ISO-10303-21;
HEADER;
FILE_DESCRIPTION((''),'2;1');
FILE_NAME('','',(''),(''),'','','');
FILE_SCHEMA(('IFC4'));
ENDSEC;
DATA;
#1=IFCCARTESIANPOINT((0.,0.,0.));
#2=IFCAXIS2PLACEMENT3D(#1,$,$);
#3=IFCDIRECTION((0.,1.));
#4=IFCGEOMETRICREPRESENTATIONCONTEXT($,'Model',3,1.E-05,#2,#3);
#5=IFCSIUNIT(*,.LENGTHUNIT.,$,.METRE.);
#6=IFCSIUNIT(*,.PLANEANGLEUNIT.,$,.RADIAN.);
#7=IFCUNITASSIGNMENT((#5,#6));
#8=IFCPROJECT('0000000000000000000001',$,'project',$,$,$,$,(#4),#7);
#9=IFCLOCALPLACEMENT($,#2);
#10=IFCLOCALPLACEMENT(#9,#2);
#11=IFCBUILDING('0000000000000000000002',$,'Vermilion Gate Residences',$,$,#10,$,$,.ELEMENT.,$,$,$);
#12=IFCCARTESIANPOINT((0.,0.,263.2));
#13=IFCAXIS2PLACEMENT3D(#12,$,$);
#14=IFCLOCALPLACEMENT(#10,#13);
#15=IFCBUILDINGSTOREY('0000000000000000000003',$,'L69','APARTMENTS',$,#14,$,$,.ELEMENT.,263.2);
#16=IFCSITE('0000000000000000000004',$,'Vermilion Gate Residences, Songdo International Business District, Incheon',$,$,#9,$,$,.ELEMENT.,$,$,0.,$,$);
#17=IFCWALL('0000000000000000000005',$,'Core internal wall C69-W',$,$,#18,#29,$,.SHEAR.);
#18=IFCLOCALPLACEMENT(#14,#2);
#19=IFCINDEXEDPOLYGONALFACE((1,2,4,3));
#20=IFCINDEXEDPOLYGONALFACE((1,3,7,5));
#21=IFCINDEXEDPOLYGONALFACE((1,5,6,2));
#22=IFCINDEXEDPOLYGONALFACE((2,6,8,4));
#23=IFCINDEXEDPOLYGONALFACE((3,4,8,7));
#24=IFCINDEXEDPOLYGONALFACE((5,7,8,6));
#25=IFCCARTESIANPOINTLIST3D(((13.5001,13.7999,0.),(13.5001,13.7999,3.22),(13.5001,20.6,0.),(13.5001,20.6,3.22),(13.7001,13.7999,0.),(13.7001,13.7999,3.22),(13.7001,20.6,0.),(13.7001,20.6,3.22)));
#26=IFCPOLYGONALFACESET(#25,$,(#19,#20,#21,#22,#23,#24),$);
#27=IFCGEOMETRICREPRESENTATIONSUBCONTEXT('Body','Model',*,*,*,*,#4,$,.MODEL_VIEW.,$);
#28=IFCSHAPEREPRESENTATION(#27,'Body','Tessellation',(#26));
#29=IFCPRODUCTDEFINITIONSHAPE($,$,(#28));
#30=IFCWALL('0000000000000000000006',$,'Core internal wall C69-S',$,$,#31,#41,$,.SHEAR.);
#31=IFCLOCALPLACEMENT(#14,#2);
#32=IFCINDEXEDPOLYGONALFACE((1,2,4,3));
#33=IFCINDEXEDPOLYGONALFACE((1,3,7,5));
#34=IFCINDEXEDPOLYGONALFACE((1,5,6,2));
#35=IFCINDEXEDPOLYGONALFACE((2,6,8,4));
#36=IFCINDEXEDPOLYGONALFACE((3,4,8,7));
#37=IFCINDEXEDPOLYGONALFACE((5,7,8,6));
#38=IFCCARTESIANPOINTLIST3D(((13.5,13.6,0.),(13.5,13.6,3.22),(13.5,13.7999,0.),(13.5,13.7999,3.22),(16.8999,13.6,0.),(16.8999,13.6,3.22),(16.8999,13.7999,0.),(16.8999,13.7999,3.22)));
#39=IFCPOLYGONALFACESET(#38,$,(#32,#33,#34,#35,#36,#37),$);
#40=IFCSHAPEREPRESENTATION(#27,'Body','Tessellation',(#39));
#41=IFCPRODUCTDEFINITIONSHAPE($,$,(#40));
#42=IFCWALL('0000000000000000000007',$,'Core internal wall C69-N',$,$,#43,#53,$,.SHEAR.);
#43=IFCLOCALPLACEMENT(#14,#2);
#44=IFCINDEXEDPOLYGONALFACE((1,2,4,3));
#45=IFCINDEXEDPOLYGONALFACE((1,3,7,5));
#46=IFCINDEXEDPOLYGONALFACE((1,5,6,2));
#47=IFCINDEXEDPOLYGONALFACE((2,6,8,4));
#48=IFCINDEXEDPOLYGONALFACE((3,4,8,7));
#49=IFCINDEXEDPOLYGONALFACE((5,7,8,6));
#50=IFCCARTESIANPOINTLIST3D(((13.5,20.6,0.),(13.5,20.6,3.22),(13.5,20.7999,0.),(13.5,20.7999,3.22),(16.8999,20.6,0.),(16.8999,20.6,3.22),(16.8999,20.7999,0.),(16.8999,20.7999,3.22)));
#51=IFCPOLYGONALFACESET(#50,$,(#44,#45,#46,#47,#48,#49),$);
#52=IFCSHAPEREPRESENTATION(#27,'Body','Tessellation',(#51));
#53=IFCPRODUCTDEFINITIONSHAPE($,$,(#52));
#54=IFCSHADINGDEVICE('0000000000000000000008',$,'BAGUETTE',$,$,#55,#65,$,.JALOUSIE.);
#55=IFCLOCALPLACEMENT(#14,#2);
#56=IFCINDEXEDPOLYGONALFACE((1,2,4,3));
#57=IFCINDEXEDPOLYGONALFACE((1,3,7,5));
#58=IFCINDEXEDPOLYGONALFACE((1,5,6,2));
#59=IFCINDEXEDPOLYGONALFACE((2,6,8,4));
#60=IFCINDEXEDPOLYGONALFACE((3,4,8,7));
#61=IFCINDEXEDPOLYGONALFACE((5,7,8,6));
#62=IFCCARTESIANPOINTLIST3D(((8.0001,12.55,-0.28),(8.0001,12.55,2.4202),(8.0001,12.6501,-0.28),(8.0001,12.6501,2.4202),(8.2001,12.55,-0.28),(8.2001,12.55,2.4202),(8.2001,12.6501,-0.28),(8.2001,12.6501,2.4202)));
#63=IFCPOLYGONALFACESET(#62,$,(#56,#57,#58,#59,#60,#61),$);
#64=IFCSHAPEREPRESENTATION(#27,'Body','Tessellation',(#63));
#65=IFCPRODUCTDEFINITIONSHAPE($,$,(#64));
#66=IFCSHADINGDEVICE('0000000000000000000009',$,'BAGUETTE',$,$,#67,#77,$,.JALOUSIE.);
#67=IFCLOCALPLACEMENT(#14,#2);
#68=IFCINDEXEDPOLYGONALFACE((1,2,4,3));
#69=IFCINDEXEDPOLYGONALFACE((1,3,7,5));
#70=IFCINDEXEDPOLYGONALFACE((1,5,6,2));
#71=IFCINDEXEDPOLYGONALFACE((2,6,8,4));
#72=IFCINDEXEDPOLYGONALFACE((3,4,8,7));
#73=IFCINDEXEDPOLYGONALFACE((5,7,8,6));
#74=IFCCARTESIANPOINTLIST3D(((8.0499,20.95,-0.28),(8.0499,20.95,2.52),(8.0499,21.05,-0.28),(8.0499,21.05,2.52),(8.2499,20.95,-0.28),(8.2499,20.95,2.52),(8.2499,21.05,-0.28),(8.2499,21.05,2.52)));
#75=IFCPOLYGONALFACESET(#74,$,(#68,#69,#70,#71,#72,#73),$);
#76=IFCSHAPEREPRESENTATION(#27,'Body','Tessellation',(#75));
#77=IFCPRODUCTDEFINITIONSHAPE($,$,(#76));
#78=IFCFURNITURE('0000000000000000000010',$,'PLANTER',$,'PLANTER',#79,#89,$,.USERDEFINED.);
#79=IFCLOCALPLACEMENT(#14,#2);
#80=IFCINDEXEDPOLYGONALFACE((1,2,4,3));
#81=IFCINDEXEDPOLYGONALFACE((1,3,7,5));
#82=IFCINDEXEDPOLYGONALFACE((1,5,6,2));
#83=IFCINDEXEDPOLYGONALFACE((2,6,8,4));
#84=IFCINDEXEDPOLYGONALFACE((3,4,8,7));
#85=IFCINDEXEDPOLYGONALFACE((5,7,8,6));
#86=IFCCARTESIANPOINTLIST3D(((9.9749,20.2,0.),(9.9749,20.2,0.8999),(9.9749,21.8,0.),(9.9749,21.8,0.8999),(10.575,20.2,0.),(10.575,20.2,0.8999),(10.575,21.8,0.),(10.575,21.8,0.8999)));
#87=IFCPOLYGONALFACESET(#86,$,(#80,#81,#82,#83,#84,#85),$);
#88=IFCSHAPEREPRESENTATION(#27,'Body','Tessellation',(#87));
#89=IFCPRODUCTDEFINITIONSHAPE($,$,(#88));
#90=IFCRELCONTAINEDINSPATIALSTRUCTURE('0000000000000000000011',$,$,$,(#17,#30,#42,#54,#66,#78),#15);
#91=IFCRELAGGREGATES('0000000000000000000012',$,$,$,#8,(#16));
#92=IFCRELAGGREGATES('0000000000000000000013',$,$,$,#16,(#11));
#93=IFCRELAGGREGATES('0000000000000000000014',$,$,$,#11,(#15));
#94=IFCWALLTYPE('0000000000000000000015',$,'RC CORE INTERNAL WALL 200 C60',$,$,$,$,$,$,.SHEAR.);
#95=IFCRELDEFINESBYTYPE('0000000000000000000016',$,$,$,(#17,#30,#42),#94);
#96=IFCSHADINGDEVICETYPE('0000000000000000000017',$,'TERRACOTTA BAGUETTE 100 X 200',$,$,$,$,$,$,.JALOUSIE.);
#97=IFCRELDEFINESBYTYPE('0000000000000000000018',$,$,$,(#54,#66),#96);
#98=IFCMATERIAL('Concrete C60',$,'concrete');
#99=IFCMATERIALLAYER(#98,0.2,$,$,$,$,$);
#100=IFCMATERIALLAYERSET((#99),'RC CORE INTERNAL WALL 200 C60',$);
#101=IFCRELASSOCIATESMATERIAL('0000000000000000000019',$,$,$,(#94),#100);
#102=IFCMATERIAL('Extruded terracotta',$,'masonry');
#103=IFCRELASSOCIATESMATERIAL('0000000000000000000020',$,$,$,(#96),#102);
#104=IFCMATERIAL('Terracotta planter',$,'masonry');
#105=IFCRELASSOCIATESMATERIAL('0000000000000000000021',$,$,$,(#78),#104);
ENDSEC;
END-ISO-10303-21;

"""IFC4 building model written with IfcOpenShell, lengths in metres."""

from ifc_helpers import new_model, si_unit, direction, frame, frame_2d, origin, origin_2d, place, context, subcontext, project, spatial, rectangle, extrude, material, layer, layer_set, material_profile, profile_set, type_object, element, save


model = new_model("IFC4")

# Units and contexts
model_context = context("Model", 3, precision=1e-05, world=origin(), true_north=direction((0.0, 1.0)))
body_context = subcontext(model_context, "Body", "Model", "MODEL_VIEW")
ifc_project = project(units=[si_unit("LENGTHUNIT", "METRE"), si_unit("PLANEANGLEUNIT", "RADIAN")], contexts=[model_context])

# Site, building, storey
site_placement = place(None, origin())
site = spatial("IfcSite", under=ifc_project, at=site_placement, Name="Vermilion Gate Residences, Songdo International Business District, Incheon", CompositionType="ELEMENT", RefElevation=0.0)
building_placement = place(site_placement, origin())
building = spatial("IfcBuilding", under=site, at=building_placement, Name="Vermilion Gate Residences", CompositionType="ELEMENT")
storey_placement = place(building_placement, frame((0.0, 0.0, 263.2)))
storey = spatial("IfcBuildingStorey", under=building, at=storey_placement, Name="L69", Description="APARTMENTS", CompositionType="ELEMENT", Elevation=263.2)

# Walls
ifc_material_1 = material(Name="Concrete C60", Category="concrete")
ifc_layer_1 = layer(ifc_material_1, 0.2)
ifc_layer_set_1 = layer_set([ifc_layer_1], Name="RC CORE INTERNAL WALL 200 C60")
wall_type_1 = type_object("IfcWallType", Name="RC CORE INTERNAL WALL 200 C60", PredefinedType="SHEAR", material=ifc_layer_set_1)
wall_1_placement = place(storey_placement, frame((13.6001, 13.8, 0.0), z_axis=(0.0, 0.0, 1.0), x_axis=(0.0, 1.0, 0.0)))
element("IfcWall", 1, at=wall_1_placement, inside=storey, type_object=wall_type_1, Name="Core internal wall C69-W", PredefinedType="SHEAR", context=body_context, shape_type="SweptSolid", body=[
    extrude(rectangle(XDim=6.8, YDim=0.2, at=frame_2d((3.3999, 0.0))), origin(), (0.0, 0.0, 1.0), 3.22),
])
for number, where, z_axis, x_axis, name in (
    (2, (13.5, 13.7, 0.0), (0.0, 0.0, 1.0), (1.0, 0.0, 0.0), "Core internal wall C69-S"),
    (3, (13.5, 20.7, 0.0), (0.0, 0.0, 1.0), (1.0, 0.0, 0.0), "Core internal wall C69-N"),
):
    element("IfcWall", number, at=place(storey_placement, frame(where, z_axis=z_axis, x_axis=x_axis)), inside=storey, type_object=wall_type_1, Name=name, PredefinedType="SHEAR", context=body_context, shape_type="SweptSolid", body=[
        extrude(rectangle(XDim=3.3999, YDim=0.2, at=frame_2d((1.7, 0.0))), origin(), (0.0, 0.0, 1.0), 3.22),
    ])

# Shading devices
ifc_material_2 = material(Name="Extruded terracotta", Category="masonry")
ifc_material_profile_1 = material_profile(ifc_material_2, rectangle(XDim=0.2, YDim=0.1001, at=origin_2d()), Name="BAGUETTE 100 X 200")
ifc_profile_set_1 = profile_set([ifc_material_profile_1], Name="Extruded terracotta")
shading_device_type = type_object("IfcShadingDeviceType", Name="TERRACOTTA BAGUETTE 100 X 200", PredefinedType="JALOUSIE", material=ifc_profile_set_1)
shading_device_1_placement = place(storey_placement, frame((8.1001, 12.6001, -0.28), z_axis=(0.0, 0.0, 1.0), x_axis=(1.0, 0.0, 0.0)))
element("IfcShadingDevice", 4, at=shading_device_1_placement, inside=storey, type_object=shading_device_type, Name="BAGUETTE", PredefinedType="JALOUSIE", context=body_context, shape_type="SweptSolid", body=[
    extrude(rectangle(XDim=0.2, YDim=0.1001, at=origin_2d()), origin(), (0.0, 0.0, 1.0), 2.7002),
])
shading_device_2_placement = place(storey_placement, frame((8.1499, 21.0, -0.28), z_axis=(0.0, 0.0, 1.0), x_axis=(1.0, 0.0, 0.0)))
element("IfcShadingDevice", 5, at=shading_device_2_placement, inside=storey, type_object=shading_device_type, Name="BAGUETTE", PredefinedType="JALOUSIE", context=body_context, shape_type="SweptSolid", body=[
    extrude(rectangle(XDim=0.2, YDim=0.1001, at=origin_2d()), origin(), (0.0, 0.0, 1.0), 2.8),
])

# Furniture
ifc_material_3 = material(Name="Terracotta planter", Category="masonry")
furniture_placement = place(storey_placement, frame((10.2749, 21.0, 0.0), z_axis=(0.0, 0.0, 1.0), x_axis=(0.0, -1.0, 0.0)))
element("IfcFurniture", 6, at=furniture_placement, inside=storey, material=ifc_material_3, Name="PLANTER", ObjectType="PLANTER", PredefinedType="USERDEFINED", context=body_context, shape_type="SweptSolid", body=[
    extrude(rectangle(XDim=1.6001, YDim=0.6001, at=origin_2d()), origin(), (0.0, 0.0, 1.0), 0.8999),
])

save(model, "model.ifc")
